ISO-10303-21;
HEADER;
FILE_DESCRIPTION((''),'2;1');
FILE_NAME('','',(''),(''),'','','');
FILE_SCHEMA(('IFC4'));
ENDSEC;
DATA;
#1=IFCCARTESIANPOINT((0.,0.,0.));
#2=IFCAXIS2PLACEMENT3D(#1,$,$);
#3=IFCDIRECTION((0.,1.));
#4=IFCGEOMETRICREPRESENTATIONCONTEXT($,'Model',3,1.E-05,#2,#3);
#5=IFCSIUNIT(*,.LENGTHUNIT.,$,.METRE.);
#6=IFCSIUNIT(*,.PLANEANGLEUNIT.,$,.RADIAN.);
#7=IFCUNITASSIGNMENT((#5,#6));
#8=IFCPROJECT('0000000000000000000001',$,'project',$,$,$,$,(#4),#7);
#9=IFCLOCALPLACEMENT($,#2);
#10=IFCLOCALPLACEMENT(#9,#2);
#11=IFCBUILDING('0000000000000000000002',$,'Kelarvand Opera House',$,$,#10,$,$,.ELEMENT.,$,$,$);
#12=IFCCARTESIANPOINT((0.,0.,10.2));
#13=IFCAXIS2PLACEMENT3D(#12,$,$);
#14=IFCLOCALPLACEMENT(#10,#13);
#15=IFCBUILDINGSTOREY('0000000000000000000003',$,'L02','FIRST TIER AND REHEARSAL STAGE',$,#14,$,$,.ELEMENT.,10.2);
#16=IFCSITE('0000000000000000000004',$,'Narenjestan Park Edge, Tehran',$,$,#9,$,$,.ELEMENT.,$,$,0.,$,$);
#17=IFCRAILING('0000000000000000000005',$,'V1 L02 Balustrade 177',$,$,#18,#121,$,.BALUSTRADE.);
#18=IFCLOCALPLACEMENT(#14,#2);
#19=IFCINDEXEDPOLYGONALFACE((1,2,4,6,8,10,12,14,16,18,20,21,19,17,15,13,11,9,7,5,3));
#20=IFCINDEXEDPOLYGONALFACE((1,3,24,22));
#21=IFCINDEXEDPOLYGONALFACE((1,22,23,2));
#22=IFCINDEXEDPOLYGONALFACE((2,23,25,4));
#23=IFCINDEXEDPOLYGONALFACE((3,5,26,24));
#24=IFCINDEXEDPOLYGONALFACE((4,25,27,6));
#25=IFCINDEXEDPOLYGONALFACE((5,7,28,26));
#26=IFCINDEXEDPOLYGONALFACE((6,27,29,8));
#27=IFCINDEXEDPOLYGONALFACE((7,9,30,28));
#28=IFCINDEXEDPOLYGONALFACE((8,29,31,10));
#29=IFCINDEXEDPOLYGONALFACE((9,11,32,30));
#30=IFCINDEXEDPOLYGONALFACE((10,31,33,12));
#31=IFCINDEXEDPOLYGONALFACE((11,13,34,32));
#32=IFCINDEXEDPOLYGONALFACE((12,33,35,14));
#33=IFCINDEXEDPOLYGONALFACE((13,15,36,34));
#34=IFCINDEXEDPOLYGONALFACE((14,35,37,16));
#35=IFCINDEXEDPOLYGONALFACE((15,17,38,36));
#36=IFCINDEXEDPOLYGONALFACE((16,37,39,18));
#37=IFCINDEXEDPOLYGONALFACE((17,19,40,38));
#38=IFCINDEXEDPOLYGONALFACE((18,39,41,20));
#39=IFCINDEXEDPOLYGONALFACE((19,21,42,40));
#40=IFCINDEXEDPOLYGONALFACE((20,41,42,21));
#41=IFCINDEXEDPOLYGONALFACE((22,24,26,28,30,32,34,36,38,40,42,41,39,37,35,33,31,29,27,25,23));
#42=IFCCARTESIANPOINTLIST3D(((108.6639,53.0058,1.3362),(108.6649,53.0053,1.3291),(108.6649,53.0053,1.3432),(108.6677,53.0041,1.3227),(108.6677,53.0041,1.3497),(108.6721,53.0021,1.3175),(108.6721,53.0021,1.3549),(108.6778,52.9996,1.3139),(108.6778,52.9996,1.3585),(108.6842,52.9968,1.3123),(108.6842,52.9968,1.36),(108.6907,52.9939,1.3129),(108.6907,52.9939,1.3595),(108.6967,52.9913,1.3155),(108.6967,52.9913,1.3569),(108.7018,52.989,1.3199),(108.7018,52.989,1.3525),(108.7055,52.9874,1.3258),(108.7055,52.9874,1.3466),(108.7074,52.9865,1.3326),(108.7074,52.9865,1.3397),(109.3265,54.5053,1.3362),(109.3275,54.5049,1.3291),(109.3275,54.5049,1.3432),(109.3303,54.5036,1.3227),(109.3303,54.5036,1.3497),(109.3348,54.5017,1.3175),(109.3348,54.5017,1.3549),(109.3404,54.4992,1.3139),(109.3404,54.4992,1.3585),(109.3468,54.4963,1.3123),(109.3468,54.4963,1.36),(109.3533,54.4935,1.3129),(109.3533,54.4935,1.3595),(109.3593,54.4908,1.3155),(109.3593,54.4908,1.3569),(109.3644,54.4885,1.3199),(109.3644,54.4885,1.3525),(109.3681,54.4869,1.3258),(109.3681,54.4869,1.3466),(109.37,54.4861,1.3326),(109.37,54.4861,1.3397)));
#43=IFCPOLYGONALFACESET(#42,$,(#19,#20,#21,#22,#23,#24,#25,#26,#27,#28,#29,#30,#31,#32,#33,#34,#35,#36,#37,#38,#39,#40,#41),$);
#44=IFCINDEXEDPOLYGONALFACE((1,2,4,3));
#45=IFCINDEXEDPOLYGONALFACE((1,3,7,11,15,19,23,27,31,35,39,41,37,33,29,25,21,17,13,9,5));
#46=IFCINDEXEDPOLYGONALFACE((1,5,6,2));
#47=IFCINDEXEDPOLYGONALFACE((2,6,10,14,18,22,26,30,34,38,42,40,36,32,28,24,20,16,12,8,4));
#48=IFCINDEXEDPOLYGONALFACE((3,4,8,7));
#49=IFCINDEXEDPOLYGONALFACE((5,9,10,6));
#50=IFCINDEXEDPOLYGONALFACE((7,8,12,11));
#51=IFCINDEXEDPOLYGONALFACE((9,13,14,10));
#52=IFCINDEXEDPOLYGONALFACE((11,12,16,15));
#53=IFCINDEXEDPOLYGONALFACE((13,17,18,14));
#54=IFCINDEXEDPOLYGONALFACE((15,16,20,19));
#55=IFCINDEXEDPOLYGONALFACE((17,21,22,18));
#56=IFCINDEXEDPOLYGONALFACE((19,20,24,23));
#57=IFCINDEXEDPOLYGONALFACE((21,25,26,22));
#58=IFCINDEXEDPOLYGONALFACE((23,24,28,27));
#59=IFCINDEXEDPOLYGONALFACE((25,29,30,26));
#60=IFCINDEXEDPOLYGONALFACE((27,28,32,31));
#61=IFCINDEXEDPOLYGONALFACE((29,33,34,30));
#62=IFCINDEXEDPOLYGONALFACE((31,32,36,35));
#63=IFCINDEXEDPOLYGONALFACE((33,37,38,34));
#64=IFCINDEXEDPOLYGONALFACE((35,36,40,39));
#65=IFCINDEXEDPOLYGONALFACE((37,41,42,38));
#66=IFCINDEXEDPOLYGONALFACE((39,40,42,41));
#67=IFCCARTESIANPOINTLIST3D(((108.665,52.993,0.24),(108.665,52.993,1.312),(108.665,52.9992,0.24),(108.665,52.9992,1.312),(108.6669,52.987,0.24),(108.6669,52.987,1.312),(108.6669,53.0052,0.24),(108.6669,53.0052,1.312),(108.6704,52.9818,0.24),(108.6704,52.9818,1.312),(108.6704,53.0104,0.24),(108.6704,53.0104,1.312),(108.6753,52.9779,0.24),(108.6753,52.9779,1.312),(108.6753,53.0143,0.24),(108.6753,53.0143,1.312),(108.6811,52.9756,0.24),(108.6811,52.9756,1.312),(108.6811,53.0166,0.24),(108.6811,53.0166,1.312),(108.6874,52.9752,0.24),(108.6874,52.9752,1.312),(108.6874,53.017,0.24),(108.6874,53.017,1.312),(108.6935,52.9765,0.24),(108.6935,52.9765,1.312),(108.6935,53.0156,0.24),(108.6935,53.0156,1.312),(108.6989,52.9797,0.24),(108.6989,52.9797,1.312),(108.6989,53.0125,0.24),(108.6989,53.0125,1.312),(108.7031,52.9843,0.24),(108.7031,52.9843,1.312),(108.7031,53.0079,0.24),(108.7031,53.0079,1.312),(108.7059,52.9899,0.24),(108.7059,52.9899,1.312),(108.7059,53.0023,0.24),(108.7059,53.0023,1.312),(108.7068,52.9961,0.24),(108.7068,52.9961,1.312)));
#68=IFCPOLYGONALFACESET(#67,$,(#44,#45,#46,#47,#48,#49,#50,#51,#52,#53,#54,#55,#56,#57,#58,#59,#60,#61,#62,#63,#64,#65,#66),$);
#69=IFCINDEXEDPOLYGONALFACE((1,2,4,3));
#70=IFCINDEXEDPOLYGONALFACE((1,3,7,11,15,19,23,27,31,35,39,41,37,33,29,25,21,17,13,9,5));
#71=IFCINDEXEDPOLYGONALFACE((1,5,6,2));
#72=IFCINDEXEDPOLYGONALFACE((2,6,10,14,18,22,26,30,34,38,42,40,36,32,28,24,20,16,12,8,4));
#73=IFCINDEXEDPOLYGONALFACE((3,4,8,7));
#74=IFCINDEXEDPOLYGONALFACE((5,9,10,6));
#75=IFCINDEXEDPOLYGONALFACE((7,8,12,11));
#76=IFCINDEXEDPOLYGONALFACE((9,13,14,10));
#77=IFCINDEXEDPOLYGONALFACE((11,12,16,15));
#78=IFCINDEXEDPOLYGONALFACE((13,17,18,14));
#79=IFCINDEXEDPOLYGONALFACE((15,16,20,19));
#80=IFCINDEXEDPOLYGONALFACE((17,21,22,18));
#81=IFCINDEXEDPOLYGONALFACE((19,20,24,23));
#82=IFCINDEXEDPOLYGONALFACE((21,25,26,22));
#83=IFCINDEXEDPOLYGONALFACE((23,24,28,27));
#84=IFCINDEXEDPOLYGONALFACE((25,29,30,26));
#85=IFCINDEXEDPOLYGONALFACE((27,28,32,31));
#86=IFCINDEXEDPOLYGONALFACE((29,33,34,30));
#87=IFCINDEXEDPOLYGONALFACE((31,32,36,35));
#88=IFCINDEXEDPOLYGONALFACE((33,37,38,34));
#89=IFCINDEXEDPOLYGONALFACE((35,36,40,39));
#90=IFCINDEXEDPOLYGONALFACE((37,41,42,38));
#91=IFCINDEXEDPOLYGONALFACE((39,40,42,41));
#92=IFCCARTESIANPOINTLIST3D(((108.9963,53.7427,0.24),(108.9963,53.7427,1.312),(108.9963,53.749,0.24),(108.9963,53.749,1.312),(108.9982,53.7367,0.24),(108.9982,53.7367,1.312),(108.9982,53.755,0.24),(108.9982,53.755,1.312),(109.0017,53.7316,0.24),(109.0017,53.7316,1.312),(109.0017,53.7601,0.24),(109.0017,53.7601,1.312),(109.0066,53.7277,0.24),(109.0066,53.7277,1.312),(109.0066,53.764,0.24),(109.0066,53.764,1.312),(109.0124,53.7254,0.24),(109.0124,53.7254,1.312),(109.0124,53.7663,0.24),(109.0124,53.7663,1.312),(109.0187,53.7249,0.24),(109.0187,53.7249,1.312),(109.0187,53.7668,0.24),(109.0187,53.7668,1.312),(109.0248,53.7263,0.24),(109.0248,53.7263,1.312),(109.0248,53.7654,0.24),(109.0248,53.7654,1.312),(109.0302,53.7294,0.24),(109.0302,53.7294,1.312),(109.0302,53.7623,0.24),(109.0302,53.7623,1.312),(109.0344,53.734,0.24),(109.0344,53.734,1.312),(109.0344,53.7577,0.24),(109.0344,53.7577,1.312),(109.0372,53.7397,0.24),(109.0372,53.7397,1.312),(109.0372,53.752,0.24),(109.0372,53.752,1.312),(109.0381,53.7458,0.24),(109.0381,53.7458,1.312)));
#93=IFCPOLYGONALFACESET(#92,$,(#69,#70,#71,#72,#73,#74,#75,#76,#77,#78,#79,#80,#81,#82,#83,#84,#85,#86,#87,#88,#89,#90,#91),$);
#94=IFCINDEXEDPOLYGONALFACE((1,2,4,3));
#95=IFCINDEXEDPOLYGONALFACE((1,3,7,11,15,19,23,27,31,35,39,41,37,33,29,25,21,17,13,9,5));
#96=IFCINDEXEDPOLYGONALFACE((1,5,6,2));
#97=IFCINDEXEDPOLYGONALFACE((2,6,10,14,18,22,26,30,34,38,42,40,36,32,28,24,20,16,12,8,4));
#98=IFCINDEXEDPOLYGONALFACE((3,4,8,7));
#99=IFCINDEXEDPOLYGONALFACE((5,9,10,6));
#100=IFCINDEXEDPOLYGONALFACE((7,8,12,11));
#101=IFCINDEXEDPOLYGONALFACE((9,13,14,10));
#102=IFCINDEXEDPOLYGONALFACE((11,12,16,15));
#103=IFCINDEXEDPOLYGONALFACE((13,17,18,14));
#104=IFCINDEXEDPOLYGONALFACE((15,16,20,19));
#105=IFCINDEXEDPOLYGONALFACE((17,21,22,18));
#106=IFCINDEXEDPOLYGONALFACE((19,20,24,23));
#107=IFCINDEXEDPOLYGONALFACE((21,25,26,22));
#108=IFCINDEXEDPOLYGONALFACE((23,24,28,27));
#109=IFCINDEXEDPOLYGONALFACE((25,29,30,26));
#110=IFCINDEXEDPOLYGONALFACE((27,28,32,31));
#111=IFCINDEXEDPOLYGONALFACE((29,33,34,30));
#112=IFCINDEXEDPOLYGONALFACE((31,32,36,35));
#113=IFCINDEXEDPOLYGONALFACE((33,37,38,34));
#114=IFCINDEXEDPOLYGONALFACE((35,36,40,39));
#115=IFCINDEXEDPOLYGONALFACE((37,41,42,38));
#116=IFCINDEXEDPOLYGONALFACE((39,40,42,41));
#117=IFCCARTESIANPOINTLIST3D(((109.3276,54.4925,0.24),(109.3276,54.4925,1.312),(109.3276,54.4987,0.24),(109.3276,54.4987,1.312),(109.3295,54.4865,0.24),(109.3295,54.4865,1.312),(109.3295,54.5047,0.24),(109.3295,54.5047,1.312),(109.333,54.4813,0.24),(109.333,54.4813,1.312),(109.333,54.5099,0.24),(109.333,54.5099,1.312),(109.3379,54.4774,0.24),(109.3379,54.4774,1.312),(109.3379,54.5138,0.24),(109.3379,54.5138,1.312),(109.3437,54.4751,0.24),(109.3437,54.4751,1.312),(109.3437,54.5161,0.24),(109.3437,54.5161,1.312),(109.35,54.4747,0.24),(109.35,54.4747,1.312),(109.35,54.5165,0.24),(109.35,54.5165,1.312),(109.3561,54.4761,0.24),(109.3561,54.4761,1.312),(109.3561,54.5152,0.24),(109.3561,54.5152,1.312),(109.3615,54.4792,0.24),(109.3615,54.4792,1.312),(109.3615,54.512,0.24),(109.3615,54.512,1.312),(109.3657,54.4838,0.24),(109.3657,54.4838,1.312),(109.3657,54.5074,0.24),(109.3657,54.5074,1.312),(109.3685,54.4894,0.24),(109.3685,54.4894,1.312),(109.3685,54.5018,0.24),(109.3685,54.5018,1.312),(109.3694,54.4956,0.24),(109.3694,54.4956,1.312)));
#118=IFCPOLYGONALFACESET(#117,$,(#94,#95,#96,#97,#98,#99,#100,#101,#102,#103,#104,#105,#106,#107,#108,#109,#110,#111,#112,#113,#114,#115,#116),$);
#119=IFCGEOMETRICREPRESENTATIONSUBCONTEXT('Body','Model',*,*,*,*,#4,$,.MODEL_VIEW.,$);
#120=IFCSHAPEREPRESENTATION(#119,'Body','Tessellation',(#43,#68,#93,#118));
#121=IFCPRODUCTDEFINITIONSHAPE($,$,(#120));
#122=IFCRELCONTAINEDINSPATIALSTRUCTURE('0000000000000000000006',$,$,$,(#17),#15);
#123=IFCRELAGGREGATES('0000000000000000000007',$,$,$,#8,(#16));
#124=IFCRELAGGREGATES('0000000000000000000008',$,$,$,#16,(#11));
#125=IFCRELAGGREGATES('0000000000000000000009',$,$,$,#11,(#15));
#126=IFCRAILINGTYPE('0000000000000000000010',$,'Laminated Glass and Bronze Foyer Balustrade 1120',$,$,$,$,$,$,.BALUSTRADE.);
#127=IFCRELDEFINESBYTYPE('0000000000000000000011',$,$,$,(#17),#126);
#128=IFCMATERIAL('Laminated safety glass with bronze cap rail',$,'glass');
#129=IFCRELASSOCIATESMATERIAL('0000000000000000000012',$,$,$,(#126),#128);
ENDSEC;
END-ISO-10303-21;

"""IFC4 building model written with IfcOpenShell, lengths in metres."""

from ifc_helpers import new_model, si_unit, direction, frame, origin, origin_2d, place, context, subcontext, project, spatial, circle, extrude, material, type_object, element, save


model = new_model("IFC4")

# Units and contexts
model_context = context("Model", 3, precision=1e-05, world=origin(), true_north=direction((0.0, 1.0)))
body_context = subcontext(model_context, "Body", "Model", "MODEL_VIEW")
ifc_project = project(units=[si_unit("LENGTHUNIT", "METRE"), si_unit("PLANEANGLEUNIT", "RADIAN")], contexts=[model_context])

# Site, building, storey
site_placement = place(None, origin())
site = spatial("IfcSite", under=ifc_project, at=site_placement, Name="Narenjestan Park Edge, Tehran", CompositionType="ELEMENT", RefElevation=0.0)
building_placement = place(site_placement, origin())
building = spatial("IfcBuilding", under=site, at=building_placement, Name="Kelarvand Opera House", CompositionType="ELEMENT")
storey_placement = place(building_placement, frame((0.0, 0.0, 10.2)))
storey = spatial("IfcBuildingStorey", under=building, at=storey_placement, Name="L02", Description="FIRST TIER AND REHEARSAL STAGE", CompositionType="ELEMENT", Elevation=10.2)

# Railing
ifc_material_1 = material(Name="Laminated safety glass with bronze cap rail", Category="glass")
railing_type = type_object("IfcRailingType", Name="Laminated Glass and Bronze Foyer Balustrade 1120", PredefinedType="BALUSTRADE", material=ifc_material_1)
railing_1_placement = place(storey_placement, frame((108.6858, 52.9961, 0.24)))
element("IfcRailing", 1, at=railing_1_placement, inside=storey, type_object=railing_type, Name="V1 L02 Balustrade 177", PredefinedType="BALUSTRADE", context=body_context, shape_type="SweptSolid", body=[
    extrude(circle(Radius=0.0239, at=origin_2d()), frame((0.0, 0.0, 1.0962), z_axis=(0.404175, 0.914681, 0.0), x_axis=(-0.914681, 0.404175, 0.0)), (0.0, 0.0, 1.0), 1.6394),
    extrude(circle(Radius=0.021, at=origin_2d()), origin(), (0.0, 0.0, 1.0), 1.072),
    extrude(circle(Radius=0.021, at=origin_2d()), frame((0.3313, 0.7498, 0.0)), (0.0, 0.0, 1.0), 1.072),
    extrude(circle(Radius=0.021, at=origin_2d()), frame((0.6626, 1.4995, 0.0)), (0.0, 0.0, 1.0), 1.072),
])

save(model, "model.ifc")
